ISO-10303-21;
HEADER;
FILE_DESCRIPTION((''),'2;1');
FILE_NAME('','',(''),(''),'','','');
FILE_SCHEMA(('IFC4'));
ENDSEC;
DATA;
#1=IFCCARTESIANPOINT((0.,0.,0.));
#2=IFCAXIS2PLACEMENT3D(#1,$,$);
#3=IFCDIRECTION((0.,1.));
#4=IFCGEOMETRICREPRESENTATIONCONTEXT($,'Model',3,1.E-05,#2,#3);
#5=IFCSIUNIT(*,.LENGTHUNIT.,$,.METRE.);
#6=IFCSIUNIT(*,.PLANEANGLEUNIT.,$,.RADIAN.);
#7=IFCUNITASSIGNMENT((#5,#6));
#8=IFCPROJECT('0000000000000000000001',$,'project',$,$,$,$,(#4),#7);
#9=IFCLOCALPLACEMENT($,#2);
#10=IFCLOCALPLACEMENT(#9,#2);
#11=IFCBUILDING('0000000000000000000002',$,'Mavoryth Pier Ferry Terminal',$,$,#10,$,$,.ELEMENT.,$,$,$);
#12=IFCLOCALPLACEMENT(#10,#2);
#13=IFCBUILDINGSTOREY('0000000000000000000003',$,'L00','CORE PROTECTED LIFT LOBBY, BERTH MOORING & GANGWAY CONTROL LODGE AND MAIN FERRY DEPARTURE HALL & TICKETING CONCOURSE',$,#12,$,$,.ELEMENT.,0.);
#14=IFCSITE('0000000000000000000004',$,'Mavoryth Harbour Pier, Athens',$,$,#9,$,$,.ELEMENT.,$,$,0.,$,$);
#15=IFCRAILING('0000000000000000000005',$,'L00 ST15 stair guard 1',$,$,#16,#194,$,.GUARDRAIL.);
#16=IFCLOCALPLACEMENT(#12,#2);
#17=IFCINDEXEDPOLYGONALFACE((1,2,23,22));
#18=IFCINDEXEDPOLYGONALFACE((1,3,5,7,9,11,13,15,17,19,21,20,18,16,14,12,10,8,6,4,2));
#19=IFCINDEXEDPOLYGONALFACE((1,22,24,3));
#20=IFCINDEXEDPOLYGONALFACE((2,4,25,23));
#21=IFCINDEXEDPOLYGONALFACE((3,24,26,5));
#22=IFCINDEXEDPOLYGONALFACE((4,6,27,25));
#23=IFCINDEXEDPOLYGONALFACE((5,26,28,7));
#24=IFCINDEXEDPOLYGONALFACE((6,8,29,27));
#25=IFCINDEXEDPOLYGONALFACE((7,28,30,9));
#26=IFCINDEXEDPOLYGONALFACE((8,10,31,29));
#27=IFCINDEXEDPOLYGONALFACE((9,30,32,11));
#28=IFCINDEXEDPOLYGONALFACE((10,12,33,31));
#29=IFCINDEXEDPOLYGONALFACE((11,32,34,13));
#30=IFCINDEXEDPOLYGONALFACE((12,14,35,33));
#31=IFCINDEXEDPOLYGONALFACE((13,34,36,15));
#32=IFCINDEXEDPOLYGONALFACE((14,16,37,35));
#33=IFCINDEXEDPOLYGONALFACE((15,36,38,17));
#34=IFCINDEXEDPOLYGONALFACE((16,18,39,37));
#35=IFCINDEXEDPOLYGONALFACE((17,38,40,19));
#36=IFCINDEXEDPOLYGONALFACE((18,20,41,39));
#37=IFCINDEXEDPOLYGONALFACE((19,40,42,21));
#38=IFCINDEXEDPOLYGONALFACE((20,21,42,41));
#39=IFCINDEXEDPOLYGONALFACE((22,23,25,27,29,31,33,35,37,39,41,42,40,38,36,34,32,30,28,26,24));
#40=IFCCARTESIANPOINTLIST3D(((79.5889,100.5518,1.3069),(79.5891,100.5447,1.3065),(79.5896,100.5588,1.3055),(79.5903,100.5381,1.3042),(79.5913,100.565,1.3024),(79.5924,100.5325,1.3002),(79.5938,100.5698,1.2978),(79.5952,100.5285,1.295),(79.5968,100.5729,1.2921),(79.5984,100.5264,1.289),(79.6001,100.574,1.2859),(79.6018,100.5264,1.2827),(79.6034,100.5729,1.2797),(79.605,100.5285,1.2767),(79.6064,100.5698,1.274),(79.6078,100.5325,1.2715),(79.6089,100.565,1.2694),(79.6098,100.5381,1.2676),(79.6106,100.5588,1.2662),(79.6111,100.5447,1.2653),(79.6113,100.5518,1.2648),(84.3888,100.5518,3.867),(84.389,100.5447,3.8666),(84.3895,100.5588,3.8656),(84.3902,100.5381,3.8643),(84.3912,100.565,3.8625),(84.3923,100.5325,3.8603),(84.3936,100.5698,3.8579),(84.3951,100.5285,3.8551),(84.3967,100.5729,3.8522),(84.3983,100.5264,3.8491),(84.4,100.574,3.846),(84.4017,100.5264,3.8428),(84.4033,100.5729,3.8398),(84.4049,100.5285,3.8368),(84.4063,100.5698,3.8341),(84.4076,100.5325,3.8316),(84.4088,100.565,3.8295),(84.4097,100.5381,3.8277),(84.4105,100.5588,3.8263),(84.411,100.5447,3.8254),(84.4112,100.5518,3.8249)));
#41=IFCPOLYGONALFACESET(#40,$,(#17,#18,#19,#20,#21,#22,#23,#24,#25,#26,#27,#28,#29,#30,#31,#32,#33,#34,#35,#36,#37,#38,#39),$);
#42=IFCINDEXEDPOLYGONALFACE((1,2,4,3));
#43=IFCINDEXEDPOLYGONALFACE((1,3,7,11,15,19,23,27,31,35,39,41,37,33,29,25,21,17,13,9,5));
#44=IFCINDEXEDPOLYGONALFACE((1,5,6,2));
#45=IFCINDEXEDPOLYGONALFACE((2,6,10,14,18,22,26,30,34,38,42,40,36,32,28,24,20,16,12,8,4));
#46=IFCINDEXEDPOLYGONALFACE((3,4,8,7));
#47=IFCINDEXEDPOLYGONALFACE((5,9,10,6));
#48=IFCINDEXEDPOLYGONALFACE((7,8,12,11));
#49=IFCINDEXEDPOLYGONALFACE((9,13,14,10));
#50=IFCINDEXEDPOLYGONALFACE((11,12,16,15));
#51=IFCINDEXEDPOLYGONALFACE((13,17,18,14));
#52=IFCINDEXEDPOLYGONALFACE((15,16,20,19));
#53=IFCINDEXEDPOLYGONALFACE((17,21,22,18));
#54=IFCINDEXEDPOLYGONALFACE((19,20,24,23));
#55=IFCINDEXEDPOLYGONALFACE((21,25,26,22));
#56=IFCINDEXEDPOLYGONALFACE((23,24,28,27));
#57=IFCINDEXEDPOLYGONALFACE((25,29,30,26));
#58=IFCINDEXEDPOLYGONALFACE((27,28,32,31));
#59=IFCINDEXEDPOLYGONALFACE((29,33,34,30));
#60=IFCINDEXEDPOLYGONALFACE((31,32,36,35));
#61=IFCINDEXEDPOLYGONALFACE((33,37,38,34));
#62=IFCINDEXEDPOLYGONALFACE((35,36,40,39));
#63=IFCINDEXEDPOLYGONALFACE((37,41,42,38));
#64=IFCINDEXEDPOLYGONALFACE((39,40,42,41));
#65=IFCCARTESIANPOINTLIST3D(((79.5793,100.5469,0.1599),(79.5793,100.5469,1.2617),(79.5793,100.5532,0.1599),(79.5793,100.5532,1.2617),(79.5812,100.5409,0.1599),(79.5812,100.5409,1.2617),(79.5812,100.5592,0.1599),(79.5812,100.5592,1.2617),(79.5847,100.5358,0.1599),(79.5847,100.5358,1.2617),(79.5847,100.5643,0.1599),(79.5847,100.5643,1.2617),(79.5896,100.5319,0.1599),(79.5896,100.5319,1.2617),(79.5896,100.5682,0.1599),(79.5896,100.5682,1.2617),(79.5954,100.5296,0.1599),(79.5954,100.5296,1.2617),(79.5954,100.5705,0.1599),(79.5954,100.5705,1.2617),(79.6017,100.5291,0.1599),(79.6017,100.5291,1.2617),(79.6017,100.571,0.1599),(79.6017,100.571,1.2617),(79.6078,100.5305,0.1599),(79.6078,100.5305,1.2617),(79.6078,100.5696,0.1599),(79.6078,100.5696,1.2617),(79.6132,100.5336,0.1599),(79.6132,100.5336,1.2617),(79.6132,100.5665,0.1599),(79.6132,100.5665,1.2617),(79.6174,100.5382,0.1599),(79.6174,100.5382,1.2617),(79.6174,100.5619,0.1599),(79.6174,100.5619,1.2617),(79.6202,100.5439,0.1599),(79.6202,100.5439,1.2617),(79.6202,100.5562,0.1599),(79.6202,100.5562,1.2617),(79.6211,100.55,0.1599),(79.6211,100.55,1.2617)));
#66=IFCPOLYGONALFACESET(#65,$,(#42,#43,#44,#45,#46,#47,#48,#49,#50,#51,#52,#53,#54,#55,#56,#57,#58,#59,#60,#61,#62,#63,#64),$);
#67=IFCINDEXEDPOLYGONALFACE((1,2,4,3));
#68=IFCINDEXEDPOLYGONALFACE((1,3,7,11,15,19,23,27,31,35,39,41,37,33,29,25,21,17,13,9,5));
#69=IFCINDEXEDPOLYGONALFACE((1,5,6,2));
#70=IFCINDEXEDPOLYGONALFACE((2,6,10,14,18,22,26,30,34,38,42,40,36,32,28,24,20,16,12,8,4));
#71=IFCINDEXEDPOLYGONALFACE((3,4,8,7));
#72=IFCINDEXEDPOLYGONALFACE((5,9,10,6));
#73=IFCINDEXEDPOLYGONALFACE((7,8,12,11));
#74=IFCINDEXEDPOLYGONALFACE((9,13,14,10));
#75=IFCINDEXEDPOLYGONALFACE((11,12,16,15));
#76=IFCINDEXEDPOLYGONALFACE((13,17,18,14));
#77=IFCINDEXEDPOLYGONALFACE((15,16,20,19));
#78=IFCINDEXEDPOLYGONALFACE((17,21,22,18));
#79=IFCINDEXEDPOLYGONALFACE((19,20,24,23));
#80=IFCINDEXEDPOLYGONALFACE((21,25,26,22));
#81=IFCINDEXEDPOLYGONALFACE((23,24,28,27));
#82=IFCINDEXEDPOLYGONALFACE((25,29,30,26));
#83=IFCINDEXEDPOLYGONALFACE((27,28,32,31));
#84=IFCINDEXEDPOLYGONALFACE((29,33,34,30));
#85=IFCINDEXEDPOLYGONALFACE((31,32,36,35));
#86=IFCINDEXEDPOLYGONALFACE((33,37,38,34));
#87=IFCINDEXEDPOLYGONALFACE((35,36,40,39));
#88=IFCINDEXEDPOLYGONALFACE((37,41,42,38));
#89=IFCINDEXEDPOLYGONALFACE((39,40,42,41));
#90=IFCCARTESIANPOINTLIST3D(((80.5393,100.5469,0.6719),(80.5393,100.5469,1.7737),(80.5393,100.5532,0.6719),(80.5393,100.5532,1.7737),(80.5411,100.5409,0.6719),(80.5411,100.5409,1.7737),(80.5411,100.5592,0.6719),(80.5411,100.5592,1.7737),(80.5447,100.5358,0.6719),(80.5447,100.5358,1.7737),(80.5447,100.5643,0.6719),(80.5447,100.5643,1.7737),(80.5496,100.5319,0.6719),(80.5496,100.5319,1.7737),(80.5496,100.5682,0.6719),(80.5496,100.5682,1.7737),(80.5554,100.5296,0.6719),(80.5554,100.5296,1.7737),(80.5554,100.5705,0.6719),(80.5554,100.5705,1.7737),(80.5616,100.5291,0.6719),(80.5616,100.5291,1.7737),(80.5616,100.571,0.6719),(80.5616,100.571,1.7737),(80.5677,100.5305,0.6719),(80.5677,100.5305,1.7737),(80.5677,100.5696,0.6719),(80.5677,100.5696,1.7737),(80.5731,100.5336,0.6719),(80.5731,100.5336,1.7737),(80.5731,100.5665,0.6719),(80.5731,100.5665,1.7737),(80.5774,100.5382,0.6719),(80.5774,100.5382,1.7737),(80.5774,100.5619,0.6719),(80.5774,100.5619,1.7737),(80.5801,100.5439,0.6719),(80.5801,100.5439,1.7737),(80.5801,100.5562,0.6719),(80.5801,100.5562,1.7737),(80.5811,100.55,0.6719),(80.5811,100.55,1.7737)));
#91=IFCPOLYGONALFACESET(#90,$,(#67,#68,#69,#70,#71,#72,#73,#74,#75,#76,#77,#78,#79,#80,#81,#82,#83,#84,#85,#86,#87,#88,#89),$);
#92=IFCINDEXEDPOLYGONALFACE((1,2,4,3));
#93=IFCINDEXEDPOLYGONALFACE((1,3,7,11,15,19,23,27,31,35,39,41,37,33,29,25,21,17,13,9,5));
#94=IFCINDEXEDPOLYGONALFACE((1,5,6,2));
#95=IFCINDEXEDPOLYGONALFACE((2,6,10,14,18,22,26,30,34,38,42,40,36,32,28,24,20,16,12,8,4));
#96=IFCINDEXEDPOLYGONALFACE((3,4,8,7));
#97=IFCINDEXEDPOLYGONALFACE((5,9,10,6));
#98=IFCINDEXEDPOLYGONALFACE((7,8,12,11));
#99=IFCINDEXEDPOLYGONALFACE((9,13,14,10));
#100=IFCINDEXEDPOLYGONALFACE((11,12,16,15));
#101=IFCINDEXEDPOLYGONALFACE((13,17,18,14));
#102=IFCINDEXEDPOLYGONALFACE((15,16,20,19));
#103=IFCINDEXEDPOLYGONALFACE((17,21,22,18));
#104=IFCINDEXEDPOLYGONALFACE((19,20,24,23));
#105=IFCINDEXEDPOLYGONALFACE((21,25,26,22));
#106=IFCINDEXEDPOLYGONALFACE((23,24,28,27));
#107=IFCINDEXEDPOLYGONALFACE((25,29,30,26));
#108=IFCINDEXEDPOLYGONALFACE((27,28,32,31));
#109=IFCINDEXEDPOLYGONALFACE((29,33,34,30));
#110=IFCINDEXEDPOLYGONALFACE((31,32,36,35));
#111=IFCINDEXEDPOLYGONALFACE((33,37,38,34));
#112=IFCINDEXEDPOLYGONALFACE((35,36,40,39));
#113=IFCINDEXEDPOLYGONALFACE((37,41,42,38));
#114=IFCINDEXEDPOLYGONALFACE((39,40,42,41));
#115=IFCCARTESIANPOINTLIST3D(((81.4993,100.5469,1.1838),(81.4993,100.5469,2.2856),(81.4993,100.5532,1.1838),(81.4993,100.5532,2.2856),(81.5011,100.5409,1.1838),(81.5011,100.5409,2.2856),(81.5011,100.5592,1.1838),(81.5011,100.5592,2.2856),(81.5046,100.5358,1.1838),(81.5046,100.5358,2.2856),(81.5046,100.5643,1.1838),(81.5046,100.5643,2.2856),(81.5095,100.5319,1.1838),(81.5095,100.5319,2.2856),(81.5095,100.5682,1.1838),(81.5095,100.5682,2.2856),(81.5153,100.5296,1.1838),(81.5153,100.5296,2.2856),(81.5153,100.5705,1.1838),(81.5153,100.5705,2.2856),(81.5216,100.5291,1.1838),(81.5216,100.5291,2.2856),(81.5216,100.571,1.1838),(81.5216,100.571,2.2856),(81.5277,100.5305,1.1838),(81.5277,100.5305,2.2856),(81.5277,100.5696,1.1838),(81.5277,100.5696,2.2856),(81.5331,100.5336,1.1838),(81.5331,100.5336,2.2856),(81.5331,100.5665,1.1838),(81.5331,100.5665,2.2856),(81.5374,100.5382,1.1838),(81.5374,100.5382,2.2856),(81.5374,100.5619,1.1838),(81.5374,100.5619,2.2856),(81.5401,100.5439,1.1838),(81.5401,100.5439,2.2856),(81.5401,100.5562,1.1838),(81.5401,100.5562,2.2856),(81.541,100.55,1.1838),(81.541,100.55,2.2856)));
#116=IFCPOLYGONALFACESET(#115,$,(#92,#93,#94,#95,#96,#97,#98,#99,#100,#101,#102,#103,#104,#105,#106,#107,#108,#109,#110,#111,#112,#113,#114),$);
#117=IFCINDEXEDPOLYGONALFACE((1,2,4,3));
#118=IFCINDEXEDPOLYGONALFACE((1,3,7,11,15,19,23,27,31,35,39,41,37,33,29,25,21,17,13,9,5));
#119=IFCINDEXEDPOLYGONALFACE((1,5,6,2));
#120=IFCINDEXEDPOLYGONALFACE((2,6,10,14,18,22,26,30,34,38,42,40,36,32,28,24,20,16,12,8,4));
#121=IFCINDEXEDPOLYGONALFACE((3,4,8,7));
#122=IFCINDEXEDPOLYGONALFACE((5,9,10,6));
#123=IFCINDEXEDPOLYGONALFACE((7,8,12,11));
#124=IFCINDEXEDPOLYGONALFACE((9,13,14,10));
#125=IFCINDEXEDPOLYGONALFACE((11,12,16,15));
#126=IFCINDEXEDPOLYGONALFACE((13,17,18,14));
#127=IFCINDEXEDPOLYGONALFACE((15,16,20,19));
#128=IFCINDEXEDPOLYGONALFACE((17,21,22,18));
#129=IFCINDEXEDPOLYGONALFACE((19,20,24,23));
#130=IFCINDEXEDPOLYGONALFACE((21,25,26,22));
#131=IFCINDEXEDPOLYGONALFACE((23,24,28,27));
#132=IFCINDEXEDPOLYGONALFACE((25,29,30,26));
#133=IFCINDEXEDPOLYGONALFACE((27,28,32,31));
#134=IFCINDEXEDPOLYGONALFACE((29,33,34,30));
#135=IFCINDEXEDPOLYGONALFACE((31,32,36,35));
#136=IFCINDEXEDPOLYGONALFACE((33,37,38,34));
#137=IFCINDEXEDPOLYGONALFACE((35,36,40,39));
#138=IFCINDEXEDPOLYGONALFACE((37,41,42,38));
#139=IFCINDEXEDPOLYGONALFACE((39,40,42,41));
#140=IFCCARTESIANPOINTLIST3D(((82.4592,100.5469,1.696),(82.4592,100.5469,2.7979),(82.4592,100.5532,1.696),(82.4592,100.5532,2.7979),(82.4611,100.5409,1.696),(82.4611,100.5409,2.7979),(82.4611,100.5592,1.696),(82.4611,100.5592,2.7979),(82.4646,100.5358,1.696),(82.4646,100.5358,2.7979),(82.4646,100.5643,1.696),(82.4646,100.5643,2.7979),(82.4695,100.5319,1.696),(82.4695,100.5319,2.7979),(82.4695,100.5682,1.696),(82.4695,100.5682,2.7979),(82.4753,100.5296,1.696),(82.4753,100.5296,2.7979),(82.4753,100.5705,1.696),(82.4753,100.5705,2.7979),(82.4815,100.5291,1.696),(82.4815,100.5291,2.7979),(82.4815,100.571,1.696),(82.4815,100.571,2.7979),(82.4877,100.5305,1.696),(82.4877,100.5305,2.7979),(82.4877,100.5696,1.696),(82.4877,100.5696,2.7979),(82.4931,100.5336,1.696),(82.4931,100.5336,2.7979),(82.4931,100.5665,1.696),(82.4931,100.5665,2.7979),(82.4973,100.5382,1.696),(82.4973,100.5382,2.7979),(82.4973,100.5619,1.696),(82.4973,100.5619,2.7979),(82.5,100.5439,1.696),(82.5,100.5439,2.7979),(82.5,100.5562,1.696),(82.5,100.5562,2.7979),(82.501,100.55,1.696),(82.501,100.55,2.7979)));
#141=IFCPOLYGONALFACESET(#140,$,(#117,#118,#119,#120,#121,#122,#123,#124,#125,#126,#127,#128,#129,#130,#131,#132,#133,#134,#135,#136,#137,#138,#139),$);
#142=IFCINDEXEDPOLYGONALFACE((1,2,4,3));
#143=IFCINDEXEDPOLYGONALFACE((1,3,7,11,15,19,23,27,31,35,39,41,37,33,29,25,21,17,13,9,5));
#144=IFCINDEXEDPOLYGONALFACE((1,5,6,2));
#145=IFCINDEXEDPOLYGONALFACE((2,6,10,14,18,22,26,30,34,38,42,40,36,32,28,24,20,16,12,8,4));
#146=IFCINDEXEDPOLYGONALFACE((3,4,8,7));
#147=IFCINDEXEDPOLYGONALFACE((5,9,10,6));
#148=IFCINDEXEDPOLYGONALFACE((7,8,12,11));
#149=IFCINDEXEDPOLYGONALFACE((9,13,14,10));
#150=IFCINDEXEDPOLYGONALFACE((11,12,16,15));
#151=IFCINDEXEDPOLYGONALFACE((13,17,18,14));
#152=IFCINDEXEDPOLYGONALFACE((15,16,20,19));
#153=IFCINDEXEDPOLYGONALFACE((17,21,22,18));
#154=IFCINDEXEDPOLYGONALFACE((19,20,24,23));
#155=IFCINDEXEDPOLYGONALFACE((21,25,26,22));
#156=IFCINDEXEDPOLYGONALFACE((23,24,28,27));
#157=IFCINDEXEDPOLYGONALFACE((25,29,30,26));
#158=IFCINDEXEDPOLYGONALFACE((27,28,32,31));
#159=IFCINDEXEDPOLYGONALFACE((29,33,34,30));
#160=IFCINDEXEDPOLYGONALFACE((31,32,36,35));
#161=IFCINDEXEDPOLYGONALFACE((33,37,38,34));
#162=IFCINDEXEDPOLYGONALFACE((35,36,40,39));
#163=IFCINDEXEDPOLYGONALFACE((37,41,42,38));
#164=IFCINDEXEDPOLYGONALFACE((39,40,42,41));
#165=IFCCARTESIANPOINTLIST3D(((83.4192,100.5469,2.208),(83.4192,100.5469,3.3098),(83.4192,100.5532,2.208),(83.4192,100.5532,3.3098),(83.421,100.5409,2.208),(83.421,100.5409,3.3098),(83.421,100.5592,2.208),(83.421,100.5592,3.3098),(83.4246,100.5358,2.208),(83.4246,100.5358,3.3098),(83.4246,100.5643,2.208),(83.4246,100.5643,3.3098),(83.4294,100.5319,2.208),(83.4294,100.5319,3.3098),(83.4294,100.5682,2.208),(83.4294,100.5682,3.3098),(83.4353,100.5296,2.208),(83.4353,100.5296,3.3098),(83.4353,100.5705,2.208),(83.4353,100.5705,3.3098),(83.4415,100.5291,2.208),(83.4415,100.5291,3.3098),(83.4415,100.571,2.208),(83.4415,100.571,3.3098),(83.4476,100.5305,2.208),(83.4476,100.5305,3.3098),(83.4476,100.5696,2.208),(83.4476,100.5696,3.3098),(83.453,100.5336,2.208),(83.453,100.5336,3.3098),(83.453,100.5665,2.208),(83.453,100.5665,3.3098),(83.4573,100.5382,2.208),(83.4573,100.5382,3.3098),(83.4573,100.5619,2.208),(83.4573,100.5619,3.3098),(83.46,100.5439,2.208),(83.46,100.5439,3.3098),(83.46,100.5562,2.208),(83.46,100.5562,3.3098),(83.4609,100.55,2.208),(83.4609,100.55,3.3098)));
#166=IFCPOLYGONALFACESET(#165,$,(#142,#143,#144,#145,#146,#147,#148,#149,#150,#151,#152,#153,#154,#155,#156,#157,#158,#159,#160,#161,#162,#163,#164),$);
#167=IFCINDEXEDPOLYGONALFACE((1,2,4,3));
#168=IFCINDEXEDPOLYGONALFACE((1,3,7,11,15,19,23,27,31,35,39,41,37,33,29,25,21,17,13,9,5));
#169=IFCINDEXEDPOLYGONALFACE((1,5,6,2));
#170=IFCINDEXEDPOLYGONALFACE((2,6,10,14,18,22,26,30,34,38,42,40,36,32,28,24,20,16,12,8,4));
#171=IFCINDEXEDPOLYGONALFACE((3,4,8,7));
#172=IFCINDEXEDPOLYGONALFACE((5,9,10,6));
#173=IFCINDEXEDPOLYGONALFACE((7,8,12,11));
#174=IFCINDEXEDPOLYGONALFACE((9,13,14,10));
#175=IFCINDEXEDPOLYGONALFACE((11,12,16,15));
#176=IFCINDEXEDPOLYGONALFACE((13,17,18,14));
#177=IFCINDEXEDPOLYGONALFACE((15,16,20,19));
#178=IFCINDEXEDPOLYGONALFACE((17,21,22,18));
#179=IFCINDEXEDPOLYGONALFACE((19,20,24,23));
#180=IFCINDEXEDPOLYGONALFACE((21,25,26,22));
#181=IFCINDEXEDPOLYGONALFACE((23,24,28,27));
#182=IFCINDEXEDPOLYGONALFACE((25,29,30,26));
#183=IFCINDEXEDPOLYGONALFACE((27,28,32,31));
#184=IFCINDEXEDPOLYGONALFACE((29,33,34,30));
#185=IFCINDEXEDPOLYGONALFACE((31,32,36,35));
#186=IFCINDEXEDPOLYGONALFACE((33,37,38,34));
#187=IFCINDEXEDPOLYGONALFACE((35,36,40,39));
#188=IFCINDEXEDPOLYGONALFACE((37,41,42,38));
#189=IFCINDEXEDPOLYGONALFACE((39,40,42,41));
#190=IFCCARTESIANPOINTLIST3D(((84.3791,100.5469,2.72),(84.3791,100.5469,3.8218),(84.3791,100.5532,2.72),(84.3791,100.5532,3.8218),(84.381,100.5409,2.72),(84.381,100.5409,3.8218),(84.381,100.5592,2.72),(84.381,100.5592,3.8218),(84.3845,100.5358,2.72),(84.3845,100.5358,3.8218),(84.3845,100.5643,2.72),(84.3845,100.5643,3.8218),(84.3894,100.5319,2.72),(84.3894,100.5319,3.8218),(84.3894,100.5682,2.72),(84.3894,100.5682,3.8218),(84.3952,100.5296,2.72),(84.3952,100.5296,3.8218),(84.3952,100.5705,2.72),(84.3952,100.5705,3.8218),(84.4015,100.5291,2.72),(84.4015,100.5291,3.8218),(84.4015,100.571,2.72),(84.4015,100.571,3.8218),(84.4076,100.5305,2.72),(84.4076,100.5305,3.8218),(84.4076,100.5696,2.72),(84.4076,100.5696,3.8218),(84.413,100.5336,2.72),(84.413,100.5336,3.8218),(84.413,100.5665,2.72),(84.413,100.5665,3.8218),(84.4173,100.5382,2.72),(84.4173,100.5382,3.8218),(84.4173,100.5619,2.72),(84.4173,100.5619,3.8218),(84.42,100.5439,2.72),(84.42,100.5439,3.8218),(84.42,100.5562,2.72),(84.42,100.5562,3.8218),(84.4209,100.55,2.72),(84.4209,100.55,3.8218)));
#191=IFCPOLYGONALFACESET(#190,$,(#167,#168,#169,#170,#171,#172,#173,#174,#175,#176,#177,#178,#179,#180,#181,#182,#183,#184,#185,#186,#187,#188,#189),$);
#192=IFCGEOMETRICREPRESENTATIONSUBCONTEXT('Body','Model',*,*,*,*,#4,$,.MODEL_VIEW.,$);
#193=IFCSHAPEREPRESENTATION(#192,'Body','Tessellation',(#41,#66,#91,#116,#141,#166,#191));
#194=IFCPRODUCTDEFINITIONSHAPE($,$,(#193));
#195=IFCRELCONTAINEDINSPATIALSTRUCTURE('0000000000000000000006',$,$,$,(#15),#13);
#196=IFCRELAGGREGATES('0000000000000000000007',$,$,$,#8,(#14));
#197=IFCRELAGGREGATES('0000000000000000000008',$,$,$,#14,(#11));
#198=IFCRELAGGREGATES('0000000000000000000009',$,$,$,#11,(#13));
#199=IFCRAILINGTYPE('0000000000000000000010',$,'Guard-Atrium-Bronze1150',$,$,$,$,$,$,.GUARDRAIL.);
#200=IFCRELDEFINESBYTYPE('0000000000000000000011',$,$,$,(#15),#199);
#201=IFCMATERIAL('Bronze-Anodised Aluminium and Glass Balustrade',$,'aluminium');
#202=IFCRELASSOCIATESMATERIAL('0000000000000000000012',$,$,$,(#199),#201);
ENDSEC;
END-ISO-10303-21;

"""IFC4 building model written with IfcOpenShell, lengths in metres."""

from ifc_helpers import new_model, si_unit, direction, frame, origin, origin_2d, place, context, subcontext, project, spatial, circle, extrude, material, type_object, element, save


model = new_model("IFC4")

# Units and contexts
model_context = context("Model", 3, precision=1e-05, world=origin(), true_north=direction((0.0, 1.0)))
body_context = subcontext(model_context, "Body", "Model", "MODEL_VIEW")
ifc_project = project(units=[si_unit("LENGTHUNIT", "METRE"), si_unit("PLANEANGLEUNIT", "RADIAN")], contexts=[model_context])

# Site, building, storey
site_placement = place(None, origin())
site = spatial("IfcSite", under=ifc_project, at=site_placement, Name="Mavoryth Harbour Pier, Athens", CompositionType="ELEMENT", RefElevation=0.0)
building_placement = place(site_placement, origin())
building = spatial("IfcBuilding", under=site, at=building_placement, Name="Mavoryth Pier Ferry Terminal", CompositionType="ELEMENT")
storey_placement = place(building_placement, origin())
storey = spatial("IfcBuildingStorey", under=building, at=storey_placement, Name="L00", Description="CORE PROTECTED LIFT LOBBY, BERTH MOORING & GANGWAY CONTROL LODGE AND MAIN FERRY DEPARTURE HALL & TICKETING CONCOURSE", CompositionType="ELEMENT", Elevation=0.0)

# Railing
ifc_material_1 = material(Name="Bronze-Anodised Aluminium and Glass Balustrade", Category="aluminium")
railing_type_1 = type_object("IfcRailingType", Name="Guard-Atrium-Bronze1150", PredefinedType="GUARDRAIL", material=ifc_material_1)
railing_1_placement = place(storey_placement, frame((79.6001, 100.55, 0.1599)))
element("IfcRailing", 1, at=railing_1_placement, inside=storey, type_object=railing_type_1, Name="L00 ST15 stair guard 1", PredefinedType="GUARDRAIL", context=body_context, shape_type="SweptSolid", body=[
    extrude(circle(Radius=0.0239, at=origin_2d()), frame((0.0, 0.0, 1.126), z_axis=(0.882341, 0.0, 0.470612), x_axis=(0.0, 1.0, 0.0)), (0.0, 0.0, 1.0), 5.4399),
    extrude(circle(Radius=0.021, at=origin_2d()), origin(), (0.0, 0.0, 1.0), 1.1018),
    extrude(circle(Radius=0.021, at=origin_2d()), frame((0.96, 0.0, 0.512)), (0.0, 0.0, 1.0), 1.1018),
    extrude(circle(Radius=0.021, at=origin_2d()), frame((1.9199, 0.0, 1.0239)), (0.0, 0.0, 1.0), 1.1018),
    extrude(circle(Radius=0.021, at=origin_2d()), frame((2.8799, 0.0, 1.5361)), (0.0, 0.0, 1.0), 1.1018),
    extrude(circle(Radius=0.021, at=origin_2d()), frame((3.8398, 0.0, 2.0481)), (0.0, 0.0, 1.0), 1.1018),
    extrude(circle(Radius=0.021, at=origin_2d()), frame((4.7998, 0.0, 2.5601)), (0.0, 0.0, 1.0), 1.1018),
])

save(model, "model.ifc")
